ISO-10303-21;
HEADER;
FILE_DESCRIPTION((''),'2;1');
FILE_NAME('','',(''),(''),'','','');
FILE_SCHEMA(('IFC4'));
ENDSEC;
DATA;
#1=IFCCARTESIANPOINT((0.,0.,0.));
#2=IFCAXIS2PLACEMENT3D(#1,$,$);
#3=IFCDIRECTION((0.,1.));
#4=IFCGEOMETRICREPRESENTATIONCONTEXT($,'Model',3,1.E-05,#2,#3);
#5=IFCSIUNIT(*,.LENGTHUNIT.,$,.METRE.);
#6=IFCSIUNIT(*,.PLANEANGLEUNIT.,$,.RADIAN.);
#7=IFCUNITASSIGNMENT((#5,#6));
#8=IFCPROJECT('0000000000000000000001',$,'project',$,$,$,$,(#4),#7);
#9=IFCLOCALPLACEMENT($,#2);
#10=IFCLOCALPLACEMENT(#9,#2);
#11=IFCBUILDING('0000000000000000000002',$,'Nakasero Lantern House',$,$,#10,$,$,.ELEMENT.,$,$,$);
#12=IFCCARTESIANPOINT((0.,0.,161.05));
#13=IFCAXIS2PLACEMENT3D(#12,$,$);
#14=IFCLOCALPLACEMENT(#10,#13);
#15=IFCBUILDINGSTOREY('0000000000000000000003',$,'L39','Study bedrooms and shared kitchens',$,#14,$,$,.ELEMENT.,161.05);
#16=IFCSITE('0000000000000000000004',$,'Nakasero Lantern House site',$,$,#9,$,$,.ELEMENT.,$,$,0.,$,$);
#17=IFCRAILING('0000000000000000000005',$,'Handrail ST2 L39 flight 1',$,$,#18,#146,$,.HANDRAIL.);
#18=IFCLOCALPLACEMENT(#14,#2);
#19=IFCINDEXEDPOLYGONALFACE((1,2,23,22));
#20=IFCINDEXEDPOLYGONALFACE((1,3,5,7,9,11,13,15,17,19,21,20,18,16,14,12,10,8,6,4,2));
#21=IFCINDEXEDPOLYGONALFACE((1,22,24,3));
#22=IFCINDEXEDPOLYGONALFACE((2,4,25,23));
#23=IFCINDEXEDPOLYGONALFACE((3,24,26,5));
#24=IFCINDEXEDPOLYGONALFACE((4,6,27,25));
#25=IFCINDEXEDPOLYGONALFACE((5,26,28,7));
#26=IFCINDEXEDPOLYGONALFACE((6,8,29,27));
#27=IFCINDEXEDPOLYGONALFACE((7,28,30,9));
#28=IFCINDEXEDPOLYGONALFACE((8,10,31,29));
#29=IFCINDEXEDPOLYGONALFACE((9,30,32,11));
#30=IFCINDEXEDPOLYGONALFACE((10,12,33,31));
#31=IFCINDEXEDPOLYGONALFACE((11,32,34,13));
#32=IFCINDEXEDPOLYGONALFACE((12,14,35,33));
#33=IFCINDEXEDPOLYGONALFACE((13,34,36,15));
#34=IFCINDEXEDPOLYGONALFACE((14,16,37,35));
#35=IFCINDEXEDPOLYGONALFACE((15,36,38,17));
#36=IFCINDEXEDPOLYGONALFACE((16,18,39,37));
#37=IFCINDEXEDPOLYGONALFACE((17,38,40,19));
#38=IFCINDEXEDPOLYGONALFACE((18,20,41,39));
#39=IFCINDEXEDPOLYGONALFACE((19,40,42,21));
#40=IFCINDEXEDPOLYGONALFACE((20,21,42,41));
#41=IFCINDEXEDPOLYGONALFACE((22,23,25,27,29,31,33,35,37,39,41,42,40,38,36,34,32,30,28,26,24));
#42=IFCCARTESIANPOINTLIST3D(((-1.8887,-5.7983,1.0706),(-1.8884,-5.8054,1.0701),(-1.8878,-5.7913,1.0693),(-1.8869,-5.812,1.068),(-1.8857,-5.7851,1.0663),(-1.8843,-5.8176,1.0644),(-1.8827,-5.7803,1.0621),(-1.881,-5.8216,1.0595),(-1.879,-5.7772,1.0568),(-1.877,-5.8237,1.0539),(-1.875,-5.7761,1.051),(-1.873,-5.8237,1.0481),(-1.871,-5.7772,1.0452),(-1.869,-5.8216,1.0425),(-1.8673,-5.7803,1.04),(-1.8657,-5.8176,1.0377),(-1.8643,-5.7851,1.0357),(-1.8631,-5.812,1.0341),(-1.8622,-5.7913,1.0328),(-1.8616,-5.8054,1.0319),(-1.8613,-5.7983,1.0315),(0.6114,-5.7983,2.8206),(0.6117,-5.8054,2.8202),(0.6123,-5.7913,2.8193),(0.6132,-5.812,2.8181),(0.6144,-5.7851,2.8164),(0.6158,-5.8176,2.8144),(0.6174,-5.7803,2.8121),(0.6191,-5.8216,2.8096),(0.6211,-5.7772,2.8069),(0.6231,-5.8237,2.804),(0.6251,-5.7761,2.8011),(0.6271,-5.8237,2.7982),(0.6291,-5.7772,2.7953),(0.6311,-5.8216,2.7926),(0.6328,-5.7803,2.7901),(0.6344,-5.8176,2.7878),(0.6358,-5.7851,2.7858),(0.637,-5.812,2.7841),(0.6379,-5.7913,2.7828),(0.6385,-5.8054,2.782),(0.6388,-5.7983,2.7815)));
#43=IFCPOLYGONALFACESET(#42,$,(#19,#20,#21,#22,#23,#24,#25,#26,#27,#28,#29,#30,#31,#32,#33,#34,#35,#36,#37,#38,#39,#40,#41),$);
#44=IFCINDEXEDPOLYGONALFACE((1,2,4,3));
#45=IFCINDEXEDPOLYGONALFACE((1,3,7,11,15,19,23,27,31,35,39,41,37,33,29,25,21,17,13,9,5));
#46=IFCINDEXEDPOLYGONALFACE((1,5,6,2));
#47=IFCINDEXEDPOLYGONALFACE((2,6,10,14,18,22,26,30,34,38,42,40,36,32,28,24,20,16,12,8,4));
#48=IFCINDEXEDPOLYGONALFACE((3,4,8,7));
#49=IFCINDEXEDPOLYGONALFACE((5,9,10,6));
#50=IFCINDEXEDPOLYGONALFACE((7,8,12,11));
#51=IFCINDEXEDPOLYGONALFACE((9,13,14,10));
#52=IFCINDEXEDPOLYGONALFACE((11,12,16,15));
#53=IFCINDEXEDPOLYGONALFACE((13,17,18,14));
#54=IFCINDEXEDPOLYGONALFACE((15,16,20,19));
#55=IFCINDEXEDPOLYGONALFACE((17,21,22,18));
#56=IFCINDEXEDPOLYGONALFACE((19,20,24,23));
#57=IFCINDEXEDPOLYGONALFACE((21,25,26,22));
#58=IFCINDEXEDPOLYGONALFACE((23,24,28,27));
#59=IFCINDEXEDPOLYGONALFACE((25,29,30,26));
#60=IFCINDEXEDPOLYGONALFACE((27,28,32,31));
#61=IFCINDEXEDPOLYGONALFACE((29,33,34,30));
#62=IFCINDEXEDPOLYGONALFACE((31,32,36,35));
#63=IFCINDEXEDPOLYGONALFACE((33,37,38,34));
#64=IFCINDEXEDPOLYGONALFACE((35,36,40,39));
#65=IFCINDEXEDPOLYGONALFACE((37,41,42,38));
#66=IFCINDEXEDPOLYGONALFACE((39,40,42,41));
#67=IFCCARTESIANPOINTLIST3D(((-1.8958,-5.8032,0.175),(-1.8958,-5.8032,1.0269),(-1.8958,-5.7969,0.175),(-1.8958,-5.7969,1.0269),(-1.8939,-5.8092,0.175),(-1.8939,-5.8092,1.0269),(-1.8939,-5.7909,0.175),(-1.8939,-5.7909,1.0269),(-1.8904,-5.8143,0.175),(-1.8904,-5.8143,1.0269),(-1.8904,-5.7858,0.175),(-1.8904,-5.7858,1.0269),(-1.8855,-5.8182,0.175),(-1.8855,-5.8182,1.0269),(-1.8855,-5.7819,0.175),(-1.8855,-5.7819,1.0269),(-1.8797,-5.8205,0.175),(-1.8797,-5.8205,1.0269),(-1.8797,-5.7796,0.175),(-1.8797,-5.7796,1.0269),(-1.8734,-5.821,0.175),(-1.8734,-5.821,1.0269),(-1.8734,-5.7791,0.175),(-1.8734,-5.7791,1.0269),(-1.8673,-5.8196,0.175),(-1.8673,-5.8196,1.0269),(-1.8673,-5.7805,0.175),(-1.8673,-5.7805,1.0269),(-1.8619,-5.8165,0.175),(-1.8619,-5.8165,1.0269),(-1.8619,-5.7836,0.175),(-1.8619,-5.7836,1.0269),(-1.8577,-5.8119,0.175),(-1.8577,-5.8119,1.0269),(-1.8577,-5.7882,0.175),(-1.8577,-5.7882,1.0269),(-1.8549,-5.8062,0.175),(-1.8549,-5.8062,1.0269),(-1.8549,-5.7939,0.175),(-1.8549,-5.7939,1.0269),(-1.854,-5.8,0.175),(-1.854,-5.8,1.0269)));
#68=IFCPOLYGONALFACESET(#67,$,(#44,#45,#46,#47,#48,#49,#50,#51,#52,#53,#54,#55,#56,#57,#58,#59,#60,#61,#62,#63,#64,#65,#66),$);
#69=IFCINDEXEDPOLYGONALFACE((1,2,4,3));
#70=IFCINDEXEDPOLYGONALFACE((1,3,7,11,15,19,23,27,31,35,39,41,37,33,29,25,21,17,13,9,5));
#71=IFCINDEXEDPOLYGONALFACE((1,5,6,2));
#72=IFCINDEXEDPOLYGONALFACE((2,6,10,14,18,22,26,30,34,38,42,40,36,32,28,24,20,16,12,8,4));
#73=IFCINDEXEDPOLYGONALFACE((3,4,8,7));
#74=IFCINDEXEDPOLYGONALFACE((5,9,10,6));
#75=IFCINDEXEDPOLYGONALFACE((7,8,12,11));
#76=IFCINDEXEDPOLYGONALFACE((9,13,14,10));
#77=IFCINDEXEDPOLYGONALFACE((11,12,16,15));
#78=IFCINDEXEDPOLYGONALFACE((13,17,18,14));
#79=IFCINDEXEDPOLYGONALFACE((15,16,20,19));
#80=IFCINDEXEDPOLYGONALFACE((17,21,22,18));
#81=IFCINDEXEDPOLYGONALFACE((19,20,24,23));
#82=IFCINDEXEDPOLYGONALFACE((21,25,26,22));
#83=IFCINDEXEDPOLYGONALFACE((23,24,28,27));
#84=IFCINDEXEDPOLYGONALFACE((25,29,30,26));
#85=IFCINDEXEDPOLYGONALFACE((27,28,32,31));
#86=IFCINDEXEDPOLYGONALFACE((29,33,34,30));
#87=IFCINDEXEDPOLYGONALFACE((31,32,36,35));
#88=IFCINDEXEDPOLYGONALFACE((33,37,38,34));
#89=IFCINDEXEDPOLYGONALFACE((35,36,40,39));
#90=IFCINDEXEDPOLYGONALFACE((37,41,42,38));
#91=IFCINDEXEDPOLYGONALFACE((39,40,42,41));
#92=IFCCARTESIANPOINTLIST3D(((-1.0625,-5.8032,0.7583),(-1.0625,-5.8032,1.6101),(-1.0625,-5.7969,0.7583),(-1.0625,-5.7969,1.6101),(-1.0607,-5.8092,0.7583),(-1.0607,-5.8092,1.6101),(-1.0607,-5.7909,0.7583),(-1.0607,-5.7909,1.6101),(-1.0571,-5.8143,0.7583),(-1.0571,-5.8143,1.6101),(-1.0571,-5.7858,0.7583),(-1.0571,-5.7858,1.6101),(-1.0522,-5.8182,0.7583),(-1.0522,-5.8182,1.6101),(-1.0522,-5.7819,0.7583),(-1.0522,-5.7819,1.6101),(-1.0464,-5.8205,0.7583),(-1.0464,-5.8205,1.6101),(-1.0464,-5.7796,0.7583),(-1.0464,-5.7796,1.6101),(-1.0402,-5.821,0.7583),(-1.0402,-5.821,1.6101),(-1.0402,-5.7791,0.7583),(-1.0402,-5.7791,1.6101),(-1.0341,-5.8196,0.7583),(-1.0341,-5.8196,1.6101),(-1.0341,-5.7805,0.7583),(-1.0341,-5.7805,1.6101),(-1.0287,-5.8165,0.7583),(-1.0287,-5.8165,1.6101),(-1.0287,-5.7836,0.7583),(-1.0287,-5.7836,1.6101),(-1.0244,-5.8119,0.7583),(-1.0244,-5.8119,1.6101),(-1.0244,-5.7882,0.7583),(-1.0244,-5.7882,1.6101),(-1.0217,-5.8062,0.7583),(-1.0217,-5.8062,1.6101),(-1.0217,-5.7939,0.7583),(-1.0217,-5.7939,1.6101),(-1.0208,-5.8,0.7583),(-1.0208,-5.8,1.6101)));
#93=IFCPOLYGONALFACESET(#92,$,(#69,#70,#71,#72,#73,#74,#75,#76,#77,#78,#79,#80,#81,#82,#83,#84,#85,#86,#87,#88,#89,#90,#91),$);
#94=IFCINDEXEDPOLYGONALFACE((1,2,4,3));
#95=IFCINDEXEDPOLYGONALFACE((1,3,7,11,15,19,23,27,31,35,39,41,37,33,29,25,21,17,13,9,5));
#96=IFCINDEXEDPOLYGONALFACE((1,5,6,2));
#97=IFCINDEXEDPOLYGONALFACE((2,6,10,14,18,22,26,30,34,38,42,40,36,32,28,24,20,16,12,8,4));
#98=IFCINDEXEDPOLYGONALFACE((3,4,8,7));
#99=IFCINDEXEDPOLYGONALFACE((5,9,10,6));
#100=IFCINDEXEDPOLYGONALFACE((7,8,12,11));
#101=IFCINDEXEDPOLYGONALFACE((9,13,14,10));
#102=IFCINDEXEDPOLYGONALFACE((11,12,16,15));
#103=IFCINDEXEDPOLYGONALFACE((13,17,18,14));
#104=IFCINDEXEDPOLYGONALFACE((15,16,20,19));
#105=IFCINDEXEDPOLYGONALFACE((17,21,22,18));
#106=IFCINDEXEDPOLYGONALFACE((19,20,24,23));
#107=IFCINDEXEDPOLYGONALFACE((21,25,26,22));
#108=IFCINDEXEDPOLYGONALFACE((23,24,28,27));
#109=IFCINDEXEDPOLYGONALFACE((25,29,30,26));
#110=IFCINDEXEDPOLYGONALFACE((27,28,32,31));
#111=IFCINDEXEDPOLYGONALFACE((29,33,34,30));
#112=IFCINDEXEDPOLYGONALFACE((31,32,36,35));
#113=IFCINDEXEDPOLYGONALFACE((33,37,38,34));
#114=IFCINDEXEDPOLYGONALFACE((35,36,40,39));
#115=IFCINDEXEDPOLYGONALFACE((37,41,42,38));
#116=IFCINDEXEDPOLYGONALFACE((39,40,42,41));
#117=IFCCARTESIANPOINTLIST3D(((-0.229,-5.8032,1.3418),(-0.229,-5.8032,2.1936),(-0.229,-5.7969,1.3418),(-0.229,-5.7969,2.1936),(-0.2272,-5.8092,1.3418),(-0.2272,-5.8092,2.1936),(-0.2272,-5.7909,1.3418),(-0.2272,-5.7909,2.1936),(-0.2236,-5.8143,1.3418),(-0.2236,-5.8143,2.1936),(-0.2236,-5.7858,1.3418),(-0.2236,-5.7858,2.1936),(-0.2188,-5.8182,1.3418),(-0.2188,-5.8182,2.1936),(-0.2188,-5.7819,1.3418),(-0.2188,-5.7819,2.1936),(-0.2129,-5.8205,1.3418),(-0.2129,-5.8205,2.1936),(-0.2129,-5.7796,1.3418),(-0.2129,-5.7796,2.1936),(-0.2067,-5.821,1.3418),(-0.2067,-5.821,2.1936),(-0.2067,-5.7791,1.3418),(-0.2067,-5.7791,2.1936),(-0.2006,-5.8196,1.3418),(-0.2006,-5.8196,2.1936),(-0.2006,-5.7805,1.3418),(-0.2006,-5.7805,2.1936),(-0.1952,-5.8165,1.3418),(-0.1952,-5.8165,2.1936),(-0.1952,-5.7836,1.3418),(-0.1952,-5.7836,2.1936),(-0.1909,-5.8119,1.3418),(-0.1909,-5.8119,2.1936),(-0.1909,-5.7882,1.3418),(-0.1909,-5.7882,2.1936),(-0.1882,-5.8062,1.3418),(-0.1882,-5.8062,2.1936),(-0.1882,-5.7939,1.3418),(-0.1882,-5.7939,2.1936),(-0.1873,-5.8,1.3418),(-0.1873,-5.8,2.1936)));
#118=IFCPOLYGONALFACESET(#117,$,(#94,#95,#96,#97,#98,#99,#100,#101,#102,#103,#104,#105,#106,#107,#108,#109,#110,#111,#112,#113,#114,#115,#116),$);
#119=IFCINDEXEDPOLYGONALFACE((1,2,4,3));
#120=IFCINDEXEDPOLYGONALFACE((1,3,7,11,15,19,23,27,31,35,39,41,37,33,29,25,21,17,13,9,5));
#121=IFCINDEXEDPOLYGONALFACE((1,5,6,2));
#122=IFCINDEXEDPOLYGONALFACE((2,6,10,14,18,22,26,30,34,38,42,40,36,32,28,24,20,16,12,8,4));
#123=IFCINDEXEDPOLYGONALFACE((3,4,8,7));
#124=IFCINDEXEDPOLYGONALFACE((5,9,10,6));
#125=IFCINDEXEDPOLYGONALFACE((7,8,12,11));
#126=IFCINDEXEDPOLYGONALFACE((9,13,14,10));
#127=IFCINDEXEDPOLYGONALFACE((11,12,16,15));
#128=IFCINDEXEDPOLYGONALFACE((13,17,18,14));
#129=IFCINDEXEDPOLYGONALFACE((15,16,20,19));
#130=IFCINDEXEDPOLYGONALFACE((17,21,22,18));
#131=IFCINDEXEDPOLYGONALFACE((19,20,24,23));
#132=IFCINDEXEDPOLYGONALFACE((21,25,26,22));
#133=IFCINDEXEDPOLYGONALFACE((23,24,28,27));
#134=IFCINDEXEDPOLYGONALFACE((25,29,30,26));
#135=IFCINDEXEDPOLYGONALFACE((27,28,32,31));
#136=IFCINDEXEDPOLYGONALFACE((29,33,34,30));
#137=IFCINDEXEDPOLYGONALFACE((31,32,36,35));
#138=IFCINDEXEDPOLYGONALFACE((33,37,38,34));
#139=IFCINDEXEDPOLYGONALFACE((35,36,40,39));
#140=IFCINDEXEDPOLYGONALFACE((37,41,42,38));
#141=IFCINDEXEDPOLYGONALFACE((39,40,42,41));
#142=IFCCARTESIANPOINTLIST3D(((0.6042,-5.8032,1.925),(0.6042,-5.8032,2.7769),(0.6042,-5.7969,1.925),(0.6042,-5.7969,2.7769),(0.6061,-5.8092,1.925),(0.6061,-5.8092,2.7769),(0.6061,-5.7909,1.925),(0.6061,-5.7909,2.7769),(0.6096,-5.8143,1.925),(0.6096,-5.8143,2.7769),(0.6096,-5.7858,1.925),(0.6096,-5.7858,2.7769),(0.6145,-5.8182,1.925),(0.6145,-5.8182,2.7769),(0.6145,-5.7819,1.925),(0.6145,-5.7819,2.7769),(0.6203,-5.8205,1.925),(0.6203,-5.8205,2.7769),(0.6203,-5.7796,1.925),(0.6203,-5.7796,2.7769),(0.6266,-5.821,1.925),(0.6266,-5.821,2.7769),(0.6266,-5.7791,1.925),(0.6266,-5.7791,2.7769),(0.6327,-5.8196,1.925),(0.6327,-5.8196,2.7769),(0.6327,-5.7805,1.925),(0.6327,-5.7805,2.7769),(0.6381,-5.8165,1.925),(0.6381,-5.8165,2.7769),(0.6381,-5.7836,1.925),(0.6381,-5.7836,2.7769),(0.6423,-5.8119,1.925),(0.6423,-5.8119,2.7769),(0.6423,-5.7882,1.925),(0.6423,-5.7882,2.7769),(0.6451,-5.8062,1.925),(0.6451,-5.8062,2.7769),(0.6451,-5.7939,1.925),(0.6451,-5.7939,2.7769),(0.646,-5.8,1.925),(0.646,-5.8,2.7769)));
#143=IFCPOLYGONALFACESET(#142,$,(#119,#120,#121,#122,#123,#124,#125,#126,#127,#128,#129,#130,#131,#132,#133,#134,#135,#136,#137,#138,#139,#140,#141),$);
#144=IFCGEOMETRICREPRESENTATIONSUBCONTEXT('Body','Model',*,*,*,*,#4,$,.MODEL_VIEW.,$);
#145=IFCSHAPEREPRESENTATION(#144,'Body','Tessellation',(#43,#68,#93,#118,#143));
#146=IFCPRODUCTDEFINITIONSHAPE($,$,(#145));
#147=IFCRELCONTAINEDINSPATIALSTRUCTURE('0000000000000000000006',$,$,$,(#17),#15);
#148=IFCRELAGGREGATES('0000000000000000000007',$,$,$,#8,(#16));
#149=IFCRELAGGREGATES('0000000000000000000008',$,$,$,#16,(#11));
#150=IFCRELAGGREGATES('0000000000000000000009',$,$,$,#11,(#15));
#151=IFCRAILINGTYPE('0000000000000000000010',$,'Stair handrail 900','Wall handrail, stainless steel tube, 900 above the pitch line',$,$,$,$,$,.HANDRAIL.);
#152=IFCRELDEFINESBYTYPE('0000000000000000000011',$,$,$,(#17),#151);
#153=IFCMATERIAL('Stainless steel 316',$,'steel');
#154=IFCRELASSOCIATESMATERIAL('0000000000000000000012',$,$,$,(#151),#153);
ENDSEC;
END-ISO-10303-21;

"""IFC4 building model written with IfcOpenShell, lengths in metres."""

from ifc_helpers import new_model, si_unit, direction, frame, origin, origin_2d, place, context, subcontext, project, spatial, circle, extrude, material, type_object, element, save


model = new_model("IFC4")

# Units and contexts
model_context = context("Model", 3, precision=1e-05, world=origin(), true_north=direction((0.0, 1.0)))
body_context = subcontext(model_context, "Body", "Model", "MODEL_VIEW")
ifc_project = project(units=[si_unit("LENGTHUNIT", "METRE"), si_unit("PLANEANGLEUNIT", "RADIAN")], contexts=[model_context])

# Site, building, storey
site_placement = place(None, origin())
site = spatial("IfcSite", under=ifc_project, at=site_placement, Name="Nakasero Lantern House site", CompositionType="ELEMENT", RefElevation=0.0)
building_placement = place(site_placement, origin())
building = spatial("IfcBuilding", under=site, at=building_placement, Name="Nakasero Lantern House", CompositionType="ELEMENT")
storey_placement = place(building_placement, frame((0.0, 0.0, 161.05)))
storey = spatial("IfcBuildingStorey", under=building, at=storey_placement, Name="L39", Description="Study bedrooms and shared kitchens", CompositionType="ELEMENT", Elevation=161.05)

# Railing
ifc_material_1 = material(Name="Stainless steel 316", Category="steel")
railing_type = type_object("IfcRailingType", Name="Stair handrail 900", Description="Wall handrail, stainless steel tube, 900 above the pitch line", PredefinedType="HANDRAIL", material=ifc_material_1)
railing_placement = place(storey_placement, frame((-1.875, -5.8, 0.175)))
element("IfcRailing", 1, at=railing_placement, inside=storey, type_object=railing_type, Name="Handrail ST2 L39 flight 1", PredefinedType="HANDRAIL", context=body_context, shape_type="SweptSolid", body=[
    extrude(circle(Radius=0.0239, at=origin_2d()), frame((0.0, 0.0, 0.876), z_axis=(0.819232, 0.0, 0.573462), x_axis=(0.0, 1.0, 0.0)), (0.0, 0.0, 1.0), 3.0518),
    extrude(circle(Radius=0.021, at=origin_2d()), origin(), (0.0, 0.0, 1.0), 0.8518),
    extrude(circle(Radius=0.021, at=origin_2d()), frame((0.8333, 0.0, 0.5833)), (0.0, 0.0, 1.0), 0.8518),
    extrude(circle(Radius=0.021, at=origin_2d()), frame((1.6667, 0.0, 1.1667)), (0.0, 0.0, 1.0), 0.8518),
    extrude(circle(Radius=0.021, at=origin_2d()), frame((2.5, 0.0, 1.75)), (0.0, 0.0, 1.0), 0.8518),
])

save(model, "model.ifc")
